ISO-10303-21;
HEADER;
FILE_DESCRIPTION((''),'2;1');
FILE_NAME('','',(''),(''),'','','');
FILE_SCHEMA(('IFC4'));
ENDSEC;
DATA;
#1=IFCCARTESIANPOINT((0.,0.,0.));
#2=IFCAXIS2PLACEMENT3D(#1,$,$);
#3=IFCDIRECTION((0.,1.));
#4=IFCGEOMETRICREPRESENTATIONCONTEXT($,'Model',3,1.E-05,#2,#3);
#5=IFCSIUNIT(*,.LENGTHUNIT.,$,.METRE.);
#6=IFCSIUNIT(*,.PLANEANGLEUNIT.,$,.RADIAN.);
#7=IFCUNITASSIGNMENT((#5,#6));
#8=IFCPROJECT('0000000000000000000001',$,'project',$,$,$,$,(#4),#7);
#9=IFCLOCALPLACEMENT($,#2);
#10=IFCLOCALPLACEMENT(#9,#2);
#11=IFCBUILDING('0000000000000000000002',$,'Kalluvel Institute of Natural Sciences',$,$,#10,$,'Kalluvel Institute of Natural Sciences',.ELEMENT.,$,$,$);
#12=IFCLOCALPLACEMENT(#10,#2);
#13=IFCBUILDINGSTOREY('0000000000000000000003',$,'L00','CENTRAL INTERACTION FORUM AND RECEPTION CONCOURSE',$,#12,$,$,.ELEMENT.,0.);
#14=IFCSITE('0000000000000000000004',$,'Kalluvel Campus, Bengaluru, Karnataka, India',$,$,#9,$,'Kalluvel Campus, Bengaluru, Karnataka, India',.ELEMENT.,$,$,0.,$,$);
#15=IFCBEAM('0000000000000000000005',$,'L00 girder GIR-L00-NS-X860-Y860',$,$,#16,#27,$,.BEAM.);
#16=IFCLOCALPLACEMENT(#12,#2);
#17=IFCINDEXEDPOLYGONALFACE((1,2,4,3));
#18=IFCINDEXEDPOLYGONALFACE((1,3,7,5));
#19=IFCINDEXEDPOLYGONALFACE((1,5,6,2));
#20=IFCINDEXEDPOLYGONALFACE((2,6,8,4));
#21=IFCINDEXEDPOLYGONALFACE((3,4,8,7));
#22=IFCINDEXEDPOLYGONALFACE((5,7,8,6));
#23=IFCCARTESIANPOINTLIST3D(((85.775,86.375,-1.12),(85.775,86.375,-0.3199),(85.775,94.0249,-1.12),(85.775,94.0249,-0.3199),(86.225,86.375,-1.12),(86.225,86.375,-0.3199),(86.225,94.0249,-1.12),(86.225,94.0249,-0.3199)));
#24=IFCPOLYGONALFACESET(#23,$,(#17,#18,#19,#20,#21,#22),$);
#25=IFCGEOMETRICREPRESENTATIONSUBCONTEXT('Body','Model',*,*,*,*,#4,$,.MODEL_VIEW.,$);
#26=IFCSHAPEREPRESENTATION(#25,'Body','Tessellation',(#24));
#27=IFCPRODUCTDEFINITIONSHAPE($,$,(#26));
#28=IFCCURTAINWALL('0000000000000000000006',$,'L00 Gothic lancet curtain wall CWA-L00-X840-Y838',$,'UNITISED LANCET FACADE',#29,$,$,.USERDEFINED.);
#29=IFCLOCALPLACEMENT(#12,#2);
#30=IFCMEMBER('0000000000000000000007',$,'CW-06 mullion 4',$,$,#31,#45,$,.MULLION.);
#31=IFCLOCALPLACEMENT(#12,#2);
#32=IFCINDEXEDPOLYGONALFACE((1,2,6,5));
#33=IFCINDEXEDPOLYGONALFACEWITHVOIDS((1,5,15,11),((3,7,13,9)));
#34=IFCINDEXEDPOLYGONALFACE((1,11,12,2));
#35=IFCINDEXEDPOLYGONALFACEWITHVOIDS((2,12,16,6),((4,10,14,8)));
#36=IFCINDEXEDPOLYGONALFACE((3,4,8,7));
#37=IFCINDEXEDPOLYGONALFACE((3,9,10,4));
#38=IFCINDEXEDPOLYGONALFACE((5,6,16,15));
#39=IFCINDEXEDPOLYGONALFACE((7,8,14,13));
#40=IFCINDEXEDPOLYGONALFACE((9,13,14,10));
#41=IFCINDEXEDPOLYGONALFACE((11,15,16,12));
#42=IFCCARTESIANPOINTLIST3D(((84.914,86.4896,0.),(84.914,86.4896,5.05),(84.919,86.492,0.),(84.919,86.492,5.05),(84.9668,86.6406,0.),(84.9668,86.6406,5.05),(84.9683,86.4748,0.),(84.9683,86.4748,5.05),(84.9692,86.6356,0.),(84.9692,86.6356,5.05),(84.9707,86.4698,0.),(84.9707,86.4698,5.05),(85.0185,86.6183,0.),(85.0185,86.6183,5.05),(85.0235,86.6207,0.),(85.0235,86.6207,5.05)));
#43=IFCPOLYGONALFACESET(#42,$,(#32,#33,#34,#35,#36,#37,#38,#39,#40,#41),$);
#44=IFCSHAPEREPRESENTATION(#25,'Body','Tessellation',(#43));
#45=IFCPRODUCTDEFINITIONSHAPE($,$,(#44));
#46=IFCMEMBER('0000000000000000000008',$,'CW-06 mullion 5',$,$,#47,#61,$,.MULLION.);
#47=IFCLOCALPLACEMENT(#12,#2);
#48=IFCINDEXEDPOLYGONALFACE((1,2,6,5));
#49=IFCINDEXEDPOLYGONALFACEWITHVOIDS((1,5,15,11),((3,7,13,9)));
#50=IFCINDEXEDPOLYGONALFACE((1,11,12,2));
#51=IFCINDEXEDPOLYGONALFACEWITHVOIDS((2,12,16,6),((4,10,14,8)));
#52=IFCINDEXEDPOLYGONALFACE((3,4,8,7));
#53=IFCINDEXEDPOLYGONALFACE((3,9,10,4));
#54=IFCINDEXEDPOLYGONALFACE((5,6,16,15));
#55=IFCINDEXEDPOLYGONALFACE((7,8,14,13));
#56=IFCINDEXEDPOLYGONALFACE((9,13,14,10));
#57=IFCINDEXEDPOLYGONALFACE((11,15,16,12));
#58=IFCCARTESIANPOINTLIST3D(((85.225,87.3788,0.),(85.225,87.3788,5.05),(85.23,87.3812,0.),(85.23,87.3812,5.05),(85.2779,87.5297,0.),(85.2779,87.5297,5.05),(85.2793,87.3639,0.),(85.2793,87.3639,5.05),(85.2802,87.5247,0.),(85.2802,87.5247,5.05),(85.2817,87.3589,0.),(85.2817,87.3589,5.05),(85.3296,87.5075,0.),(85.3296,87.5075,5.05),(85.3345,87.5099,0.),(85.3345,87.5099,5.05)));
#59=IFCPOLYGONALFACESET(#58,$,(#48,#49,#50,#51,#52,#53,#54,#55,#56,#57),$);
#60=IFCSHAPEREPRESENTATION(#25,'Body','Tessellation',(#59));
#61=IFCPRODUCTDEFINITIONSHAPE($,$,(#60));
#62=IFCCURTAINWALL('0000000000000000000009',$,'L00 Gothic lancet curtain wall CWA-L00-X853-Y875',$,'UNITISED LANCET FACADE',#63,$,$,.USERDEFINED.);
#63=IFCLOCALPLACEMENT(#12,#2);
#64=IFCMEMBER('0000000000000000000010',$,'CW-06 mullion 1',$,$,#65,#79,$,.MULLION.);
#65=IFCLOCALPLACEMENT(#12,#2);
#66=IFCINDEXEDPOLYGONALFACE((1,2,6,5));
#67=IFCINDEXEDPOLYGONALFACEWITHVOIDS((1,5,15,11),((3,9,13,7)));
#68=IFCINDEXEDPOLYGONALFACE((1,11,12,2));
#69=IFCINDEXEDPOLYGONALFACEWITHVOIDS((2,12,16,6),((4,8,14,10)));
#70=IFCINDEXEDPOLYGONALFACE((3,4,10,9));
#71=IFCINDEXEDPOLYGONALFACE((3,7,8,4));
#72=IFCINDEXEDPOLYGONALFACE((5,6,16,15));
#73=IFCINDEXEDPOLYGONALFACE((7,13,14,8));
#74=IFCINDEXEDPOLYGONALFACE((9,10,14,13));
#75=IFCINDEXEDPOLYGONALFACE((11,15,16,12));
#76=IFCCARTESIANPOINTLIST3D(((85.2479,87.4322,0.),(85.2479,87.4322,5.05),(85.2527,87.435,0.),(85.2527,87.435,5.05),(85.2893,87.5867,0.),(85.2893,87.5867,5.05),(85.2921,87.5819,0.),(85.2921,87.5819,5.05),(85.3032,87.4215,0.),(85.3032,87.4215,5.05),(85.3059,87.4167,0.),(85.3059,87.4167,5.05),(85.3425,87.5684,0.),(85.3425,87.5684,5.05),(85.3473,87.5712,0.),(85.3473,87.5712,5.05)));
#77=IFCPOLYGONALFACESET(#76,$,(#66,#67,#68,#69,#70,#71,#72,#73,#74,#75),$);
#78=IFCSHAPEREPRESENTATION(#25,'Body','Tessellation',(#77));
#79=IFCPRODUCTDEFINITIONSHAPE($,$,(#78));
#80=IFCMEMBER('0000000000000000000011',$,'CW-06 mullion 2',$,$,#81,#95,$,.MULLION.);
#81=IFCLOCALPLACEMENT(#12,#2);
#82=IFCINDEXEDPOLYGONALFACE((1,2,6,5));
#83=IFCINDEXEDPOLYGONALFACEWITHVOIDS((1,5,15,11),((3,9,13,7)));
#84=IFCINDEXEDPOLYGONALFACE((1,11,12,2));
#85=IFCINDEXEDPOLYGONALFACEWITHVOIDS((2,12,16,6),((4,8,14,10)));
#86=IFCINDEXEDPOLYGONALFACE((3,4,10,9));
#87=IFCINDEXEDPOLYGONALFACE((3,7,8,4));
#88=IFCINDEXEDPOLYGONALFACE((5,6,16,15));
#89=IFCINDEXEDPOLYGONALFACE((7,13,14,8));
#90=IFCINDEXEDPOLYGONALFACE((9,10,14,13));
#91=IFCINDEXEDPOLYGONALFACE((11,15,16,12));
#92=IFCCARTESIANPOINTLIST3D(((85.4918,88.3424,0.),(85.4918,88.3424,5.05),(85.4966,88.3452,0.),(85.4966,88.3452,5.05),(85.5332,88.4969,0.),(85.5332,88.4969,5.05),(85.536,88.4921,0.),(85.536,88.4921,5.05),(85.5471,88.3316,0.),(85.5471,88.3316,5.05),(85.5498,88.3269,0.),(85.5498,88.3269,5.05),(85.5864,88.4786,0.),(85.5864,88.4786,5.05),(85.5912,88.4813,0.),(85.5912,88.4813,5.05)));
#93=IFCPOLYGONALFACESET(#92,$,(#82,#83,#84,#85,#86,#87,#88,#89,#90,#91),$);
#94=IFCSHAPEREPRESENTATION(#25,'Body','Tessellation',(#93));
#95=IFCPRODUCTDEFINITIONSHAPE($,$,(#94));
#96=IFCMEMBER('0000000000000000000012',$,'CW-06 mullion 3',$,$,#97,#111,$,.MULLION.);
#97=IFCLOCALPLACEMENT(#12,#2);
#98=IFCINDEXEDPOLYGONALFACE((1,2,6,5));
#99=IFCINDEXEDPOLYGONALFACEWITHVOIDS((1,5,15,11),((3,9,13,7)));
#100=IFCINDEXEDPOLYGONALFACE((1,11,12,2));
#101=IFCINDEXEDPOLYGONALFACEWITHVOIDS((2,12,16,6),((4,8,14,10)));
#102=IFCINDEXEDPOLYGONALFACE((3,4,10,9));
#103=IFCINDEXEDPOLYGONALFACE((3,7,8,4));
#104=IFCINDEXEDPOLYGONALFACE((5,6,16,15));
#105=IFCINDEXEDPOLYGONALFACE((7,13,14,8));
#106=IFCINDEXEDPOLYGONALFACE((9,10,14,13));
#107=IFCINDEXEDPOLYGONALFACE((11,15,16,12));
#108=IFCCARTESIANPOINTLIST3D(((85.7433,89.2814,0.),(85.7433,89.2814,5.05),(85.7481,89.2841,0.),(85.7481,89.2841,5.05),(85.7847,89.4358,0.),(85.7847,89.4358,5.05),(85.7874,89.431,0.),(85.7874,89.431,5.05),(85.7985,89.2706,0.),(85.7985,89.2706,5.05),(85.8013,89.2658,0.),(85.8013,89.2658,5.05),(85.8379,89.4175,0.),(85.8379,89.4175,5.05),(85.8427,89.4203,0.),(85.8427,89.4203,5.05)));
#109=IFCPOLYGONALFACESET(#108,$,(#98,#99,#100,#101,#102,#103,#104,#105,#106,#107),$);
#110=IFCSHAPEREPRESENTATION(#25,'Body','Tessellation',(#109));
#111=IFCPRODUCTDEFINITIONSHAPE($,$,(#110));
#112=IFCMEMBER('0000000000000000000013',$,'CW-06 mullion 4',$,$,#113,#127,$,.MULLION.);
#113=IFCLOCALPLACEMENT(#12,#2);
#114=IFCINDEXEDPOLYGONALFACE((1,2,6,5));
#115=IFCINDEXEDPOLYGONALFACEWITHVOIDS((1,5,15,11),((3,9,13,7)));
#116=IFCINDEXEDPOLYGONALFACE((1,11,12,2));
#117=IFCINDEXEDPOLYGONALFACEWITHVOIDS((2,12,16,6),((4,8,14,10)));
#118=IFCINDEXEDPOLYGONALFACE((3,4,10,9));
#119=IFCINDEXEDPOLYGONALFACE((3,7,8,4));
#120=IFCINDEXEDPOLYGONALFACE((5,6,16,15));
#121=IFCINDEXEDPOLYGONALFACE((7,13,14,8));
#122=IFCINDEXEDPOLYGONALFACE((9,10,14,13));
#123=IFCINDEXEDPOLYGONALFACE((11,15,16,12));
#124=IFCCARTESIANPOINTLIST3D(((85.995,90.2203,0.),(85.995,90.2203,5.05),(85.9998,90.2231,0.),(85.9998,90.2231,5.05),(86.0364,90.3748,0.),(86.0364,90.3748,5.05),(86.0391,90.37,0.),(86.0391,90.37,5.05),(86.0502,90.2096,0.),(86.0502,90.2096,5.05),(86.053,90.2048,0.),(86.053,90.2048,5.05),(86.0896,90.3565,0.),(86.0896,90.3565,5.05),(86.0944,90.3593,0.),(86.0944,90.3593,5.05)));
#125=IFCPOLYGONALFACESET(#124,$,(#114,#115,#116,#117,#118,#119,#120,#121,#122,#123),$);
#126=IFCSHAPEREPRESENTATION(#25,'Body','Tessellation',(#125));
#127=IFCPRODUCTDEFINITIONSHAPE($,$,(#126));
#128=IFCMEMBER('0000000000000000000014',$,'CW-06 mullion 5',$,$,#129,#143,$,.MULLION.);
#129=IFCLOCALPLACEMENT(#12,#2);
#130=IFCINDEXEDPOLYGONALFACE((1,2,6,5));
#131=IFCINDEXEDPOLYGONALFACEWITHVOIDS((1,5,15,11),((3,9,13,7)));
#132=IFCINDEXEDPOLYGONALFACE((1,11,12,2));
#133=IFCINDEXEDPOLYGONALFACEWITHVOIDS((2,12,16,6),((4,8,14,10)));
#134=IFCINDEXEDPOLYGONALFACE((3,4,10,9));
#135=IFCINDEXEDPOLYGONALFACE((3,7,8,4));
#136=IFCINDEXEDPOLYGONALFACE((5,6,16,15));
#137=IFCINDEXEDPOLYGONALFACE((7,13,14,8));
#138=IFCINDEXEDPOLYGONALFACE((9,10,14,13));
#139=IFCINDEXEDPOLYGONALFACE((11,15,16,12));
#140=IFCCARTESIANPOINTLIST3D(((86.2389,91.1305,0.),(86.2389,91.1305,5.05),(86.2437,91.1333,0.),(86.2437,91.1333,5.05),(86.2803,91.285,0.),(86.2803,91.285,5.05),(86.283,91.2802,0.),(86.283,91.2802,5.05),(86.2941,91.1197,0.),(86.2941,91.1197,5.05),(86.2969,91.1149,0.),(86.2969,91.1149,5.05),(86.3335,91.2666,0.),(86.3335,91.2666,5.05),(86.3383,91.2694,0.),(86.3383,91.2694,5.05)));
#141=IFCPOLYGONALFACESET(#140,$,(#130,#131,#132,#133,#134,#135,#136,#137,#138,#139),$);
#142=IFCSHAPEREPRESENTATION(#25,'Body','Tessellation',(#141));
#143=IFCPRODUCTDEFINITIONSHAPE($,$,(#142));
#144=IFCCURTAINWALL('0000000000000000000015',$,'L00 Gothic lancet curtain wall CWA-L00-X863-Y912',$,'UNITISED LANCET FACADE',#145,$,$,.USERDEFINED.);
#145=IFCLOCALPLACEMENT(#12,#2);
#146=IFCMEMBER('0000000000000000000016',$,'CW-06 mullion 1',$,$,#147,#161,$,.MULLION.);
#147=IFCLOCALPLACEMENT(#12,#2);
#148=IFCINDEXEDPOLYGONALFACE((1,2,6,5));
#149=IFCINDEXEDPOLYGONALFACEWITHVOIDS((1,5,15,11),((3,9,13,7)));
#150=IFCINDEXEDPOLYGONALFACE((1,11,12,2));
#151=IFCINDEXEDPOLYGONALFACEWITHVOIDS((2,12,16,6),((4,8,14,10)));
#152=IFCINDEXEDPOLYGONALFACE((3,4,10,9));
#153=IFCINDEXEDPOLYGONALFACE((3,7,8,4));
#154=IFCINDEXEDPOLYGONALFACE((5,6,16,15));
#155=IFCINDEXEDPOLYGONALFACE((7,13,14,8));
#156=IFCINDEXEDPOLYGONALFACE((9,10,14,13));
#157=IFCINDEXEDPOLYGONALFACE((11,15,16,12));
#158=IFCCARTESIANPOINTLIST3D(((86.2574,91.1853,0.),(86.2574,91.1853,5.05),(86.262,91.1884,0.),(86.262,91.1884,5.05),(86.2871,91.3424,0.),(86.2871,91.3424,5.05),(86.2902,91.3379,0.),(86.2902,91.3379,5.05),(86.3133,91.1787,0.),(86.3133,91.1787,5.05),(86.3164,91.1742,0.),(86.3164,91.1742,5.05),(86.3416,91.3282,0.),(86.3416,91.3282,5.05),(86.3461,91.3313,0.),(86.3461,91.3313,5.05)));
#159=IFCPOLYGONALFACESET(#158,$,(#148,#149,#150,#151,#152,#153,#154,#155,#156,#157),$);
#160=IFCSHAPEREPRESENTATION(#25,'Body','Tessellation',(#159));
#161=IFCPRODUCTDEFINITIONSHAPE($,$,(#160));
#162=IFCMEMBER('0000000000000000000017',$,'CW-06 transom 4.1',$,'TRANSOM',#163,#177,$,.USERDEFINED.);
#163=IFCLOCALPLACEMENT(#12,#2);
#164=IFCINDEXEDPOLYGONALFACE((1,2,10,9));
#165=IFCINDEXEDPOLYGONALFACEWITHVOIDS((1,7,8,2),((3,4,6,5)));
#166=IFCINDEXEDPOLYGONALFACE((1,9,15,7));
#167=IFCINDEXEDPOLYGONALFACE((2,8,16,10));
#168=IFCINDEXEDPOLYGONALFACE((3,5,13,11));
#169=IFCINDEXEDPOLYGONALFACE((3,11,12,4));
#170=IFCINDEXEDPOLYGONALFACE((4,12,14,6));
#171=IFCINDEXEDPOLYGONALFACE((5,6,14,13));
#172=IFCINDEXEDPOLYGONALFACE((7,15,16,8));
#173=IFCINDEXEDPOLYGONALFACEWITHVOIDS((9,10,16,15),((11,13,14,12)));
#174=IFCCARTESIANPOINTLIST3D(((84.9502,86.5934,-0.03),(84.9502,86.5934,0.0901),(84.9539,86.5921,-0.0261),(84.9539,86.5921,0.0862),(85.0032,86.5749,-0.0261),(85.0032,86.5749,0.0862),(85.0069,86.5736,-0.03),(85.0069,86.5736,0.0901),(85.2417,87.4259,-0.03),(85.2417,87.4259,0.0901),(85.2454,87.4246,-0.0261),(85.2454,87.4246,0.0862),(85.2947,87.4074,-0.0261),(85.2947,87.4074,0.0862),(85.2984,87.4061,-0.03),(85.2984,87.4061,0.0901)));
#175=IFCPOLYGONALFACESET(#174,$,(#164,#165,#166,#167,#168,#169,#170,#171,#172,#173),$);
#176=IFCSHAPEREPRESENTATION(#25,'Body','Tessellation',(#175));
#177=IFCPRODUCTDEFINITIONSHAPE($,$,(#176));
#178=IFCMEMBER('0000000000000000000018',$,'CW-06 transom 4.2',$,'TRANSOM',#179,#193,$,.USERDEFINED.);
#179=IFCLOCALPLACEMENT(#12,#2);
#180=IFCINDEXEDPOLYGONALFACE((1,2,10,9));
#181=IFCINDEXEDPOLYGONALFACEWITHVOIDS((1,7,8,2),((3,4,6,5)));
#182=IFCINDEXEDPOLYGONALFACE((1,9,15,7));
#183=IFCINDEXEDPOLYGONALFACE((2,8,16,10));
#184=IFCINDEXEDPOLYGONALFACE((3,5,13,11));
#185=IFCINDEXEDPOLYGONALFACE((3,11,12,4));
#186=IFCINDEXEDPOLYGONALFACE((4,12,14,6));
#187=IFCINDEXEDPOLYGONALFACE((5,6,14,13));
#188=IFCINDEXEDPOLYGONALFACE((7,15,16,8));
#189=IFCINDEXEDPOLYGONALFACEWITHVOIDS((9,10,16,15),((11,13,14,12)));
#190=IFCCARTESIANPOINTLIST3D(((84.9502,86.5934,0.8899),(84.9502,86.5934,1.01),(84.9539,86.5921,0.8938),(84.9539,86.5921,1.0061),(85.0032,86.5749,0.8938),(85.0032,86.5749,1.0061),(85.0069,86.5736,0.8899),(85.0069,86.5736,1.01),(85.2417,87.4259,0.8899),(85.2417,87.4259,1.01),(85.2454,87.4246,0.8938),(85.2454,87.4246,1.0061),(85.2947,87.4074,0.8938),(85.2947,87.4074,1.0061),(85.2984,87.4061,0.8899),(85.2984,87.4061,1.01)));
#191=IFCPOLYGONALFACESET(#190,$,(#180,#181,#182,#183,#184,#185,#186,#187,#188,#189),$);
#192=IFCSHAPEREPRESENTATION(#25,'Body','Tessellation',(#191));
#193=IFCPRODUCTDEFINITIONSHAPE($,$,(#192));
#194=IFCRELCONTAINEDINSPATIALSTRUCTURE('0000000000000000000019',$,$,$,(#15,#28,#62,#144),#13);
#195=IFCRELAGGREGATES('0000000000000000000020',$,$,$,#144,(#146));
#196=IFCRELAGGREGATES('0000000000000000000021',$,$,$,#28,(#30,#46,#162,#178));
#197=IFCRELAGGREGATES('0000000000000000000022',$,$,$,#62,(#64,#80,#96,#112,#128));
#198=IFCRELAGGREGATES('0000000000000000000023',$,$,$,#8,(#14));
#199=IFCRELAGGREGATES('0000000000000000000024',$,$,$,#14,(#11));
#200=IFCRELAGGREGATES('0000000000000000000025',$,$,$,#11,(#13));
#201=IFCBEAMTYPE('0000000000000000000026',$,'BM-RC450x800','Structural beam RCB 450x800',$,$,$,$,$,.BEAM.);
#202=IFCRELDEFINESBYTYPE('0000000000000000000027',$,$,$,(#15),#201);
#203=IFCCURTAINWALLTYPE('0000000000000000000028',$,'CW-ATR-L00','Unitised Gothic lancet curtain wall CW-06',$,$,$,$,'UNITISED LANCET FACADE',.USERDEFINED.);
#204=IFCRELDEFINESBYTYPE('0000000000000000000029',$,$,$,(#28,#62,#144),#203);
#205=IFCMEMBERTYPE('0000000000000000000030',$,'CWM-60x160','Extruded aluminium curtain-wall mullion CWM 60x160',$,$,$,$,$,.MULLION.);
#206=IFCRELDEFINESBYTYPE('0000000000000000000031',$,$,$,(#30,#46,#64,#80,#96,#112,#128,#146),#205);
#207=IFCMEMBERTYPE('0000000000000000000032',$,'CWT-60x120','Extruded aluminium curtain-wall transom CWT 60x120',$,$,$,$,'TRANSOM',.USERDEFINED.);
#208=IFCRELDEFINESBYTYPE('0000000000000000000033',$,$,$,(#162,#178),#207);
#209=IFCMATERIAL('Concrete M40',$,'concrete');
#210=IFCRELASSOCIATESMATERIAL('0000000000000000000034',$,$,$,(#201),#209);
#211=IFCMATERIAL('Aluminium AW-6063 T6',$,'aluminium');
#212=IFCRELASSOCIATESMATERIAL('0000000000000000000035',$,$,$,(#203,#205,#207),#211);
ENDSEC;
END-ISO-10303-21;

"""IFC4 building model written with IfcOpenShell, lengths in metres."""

from ifc_helpers import new_model, si_unit, direction, frame, origin, origin_2d, place, context, subcontext, project, spatial, rectangle, hollow_rectangle, extrude, material, material_profile, profile_set, type_object, element, aggregate, save


model = new_model("IFC4")

# Units and contexts
model_context = context("Model", 3, precision=1e-05, world=origin(), true_north=direction((0.0, 1.0)))
body_context = subcontext(model_context, "Body", "Model", "MODEL_VIEW")
ifc_project = project(units=[si_unit("LENGTHUNIT", "METRE"), si_unit("PLANEANGLEUNIT", "RADIAN")], contexts=[model_context])

# Site, building, storey
site_placement = place(None, origin())
site = spatial("IfcSite", under=ifc_project, at=site_placement, Name="Kalluvel Campus, Bengaluru, Karnataka, India", LongName="Kalluvel Campus, Bengaluru, Karnataka, India", CompositionType="ELEMENT", RefElevation=0.0)
building_placement = place(site_placement, origin())
building = spatial("IfcBuilding", under=site, at=building_placement, Name="Kalluvel Institute of Natural Sciences", LongName="Kalluvel Institute of Natural Sciences", CompositionType="ELEMENT")
storey_placement = place(building_placement, origin())
storey = spatial("IfcBuildingStorey", under=building, at=storey_placement, Name="L00", Description="CENTRAL INTERACTION FORUM AND RECEPTION CONCOURSE", CompositionType="ELEMENT", Elevation=0.0)

# Beam
ifc_material_1 = material(Name="Concrete M40", Category="concrete")
ifc_material_profile_1 = material_profile(ifc_material_1, rectangle(XDim=0.45, YDim=0.8, at=origin_2d()), Name="RCB 450x800")
ifc_profile_set_1 = profile_set([ifc_material_profile_1], Name="Concrete M40")
beam_type = type_object("IfcBeamType", Name="BM-RC450x800", Description="Structural beam RCB 450x800", PredefinedType="BEAM", material=ifc_profile_set_1)
beam_placement = place(storey_placement, frame((86.0, 86.375, -0.72), z_axis=(0.0, 1.0, 0.0), x_axis=(-1.0, 0.0, 0.0)))
element("IfcBeam", 1, at=beam_placement, inside=storey, type_object=beam_type, Name="L00 girder GIR-L00-NS-X860-Y860", PredefinedType="BEAM", context=body_context, shape_type="SweptSolid", body=[
    extrude(rectangle(XDim=0.45, YDim=0.8, at=origin_2d()), origin(), (0.0, 0.0, 1.0), 7.6499),
])

# Curtain walls, members
ifc_material_2 = material(Name="Aluminium AW-6063 T6", Category="aluminium")
curtain_wall_type = type_object("IfcCurtainWallType", Name="CW-ATR-L00", Description="Unitised Gothic lancet curtain wall CW-06", ElementType="UNITISED LANCET FACADE", PredefinedType="USERDEFINED", material=ifc_material_2)
curtain_wall_1_placement = place(storey_placement, origin())
curtain_wall_1 = element("IfcCurtainWall", 2, at=curtain_wall_1_placement, inside=storey, type_object=curtain_wall_type, Name="L00 Gothic lancet curtain wall CWA-L00-X840-Y838", ObjectType="UNITISED LANCET FACADE", PredefinedType="USERDEFINED")
ifc_material_profile_2 = material_profile(ifc_material_2, hollow_rectangle(XDim=0.0601, YDim=0.1599, WallThickness=0.0039, at=origin_2d()), Name="CWM 60x160")
ifc_profile_set_2 = profile_set([ifc_material_profile_2], Name="Aluminium AW-6063 T6")
member_type_1 = type_object("IfcMemberType", Name="CWM-60x160", Description="Extruded aluminium curtain-wall mullion CWM 60x160", PredefinedType="MULLION", material=ifc_profile_set_2)
member_1_placement = place(storey_placement, frame((84.9688, 86.5552, 0.0), z_axis=(0.0, 0.0, 1.0), x_axis=(-0.943878, 0.330295, 0.0)))
member_1 = element("IfcMember", 3, at=member_1_placement, type_object=member_type_1, Name="CW-06 mullion 4", PredefinedType="MULLION", context=body_context, shape_type="SweptSolid", body=[
    extrude(hollow_rectangle(XDim=0.0601, YDim=0.1599, WallThickness=0.0039, at=origin_2d()), origin(), (0.0, 0.0, 1.0), 5.05),
])
member_2_placement = place(storey_placement, frame((85.2798, 87.4443, 0.0), z_axis=(0.0, 0.0, 1.0), x_axis=(-0.943878, 0.330295, 0.0)))
member_2 = element("IfcMember", 4, at=member_2_placement, type_object=member_type_1, Name="CW-06 mullion 5", PredefinedType="MULLION", context=body_context, shape_type="SweptSolid", body=[
    extrude(hollow_rectangle(XDim=0.0601, YDim=0.1599, WallThickness=0.0039, at=origin_2d()), origin(), (0.0, 0.0, 1.0), 5.05),
])
curtain_wall_2_placement = place(storey_placement, origin())
curtain_wall_2 = element("IfcCurtainWall", 5, at=curtain_wall_2_placement, inside=storey, type_object=curtain_wall_type, Name="L00 Gothic lancet curtain wall CWA-L00-X853-Y875", ObjectType="UNITISED LANCET FACADE", PredefinedType="USERDEFINED")
member_3_placement = place(storey_placement, frame((85.2976, 87.5017, 0.0), z_axis=(0.0, 0.0, 1.0), x_axis=(-0.965924, 0.258826, 0.0)))
member_3 = element("IfcMember", 6, at=member_3_placement, type_object=member_type_1, Name="CW-06 mullion 1", PredefinedType="MULLION", context=body_context, shape_type="SweptSolid", body=[
    extrude(hollow_rectangle(XDim=0.0601, YDim=0.1599, WallThickness=0.0039, at=origin_2d()), origin(), (0.0, 0.0, 1.0), 5.05),
])
member_4_placement = place(storey_placement, frame((85.5415, 88.4119, 0.0), z_axis=(0.0, 0.0, 1.0), x_axis=(-0.965924, 0.258826, 0.0)))
member_4 = element("IfcMember", 7, at=member_4_placement, type_object=member_type_1, Name="CW-06 mullion 2", PredefinedType="MULLION", context=body_context, shape_type="SweptSolid", body=[
    extrude(hollow_rectangle(XDim=0.0601, YDim=0.1599, WallThickness=0.0039, at=origin_2d()), origin(), (0.0, 0.0, 1.0), 5.05),
])
member_5_placement = place(storey_placement, frame((85.793, 89.3508, 0.0), z_axis=(0.0, 0.0, 1.0), x_axis=(-0.965924, 0.258826, 0.0)))
member_5 = element("IfcMember", 8, at=member_5_placement, type_object=member_type_1, Name="CW-06 mullion 3", PredefinedType="MULLION", context=body_context, shape_type="SweptSolid", body=[
    extrude(hollow_rectangle(XDim=0.0601, YDim=0.1599, WallThickness=0.0039, at=origin_2d()), origin(), (0.0, 0.0, 1.0), 5.05),
])
member_6_placement = place(storey_placement, frame((86.0447, 90.2898, 0.0), z_axis=(0.0, 0.0, 1.0), x_axis=(-0.965924, 0.258826, 0.0)))
member_6 = element("IfcMember", 9, at=member_6_placement, type_object=member_type_1, Name="CW-06 mullion 4", PredefinedType="MULLION", context=body_context, shape_type="SweptSolid", body=[
    extrude(hollow_rectangle(XDim=0.0601, YDim=0.1599, WallThickness=0.0039, at=origin_2d()), origin(), (0.0, 0.0, 1.0), 5.05),
])
member_7_placement = place(storey_placement, frame((86.2886, 91.2, 0.0), z_axis=(0.0, 0.0, 1.0), x_axis=(-0.965924, 0.258826, 0.0)))
member_7 = element("IfcMember", 10, at=member_7_placement, type_object=member_type_1, Name="CW-06 mullion 5", PredefinedType="MULLION", context=body_context, shape_type="SweptSolid", body=[
    extrude(hollow_rectangle(XDim=0.0601, YDim=0.1599, WallThickness=0.0039, at=origin_2d()), origin(), (0.0, 0.0, 1.0), 5.05),
])

# Curtain wall, member
curtain_wall_3_placement = place(storey_placement, origin())
curtain_wall_3 = element("IfcCurtainWall", 11, at=curtain_wall_3_placement, inside=storey, type_object=curtain_wall_type, Name="L00 Gothic lancet curtain wall CWA-L00-X863-Y912", ObjectType="UNITISED LANCET FACADE", PredefinedType="USERDEFINED")
member_8_placement = place(storey_placement, frame((86.3018, 91.2583, 0.0), z_axis=(0.0, 0.0, 1.0), x_axis=(-0.982569, 0.185898, 0.0)))
member_8 = element("IfcMember", 12, at=member_8_placement, type_object=member_type_1, Name="CW-06 mullion 1", PredefinedType="MULLION", context=body_context, shape_type="SweptSolid", body=[
    extrude(hollow_rectangle(XDim=0.0601, YDim=0.1599, WallThickness=0.0039, at=origin_2d()), origin(), (0.0, 0.0, 1.0), 5.05),
])

# Members
ifc_material_profile_3 = material_profile(ifc_material_2, hollow_rectangle(XDim=0.0601, YDim=0.1201, WallThickness=0.0039, at=origin_2d()), Name="CWT 60x120")
ifc_profile_set_3 = profile_set([ifc_material_profile_3], Name="Aluminium AW-6063 T6")
member_type_2 = type_object("IfcMemberType", Name="CWT-60x120", Description="Extruded aluminium curtain-wall transom CWT 60x120", ElementType="TRANSOM", PredefinedType="USERDEFINED", material=ifc_profile_set_3)
member_9_placement = place(storey_placement, frame((84.9785, 86.5835, 0.03), z_axis=(0.330474, 0.943815, 0.0), x_axis=(-0.943815, 0.330474, 0.0)))
member_9 = element("IfcMember", 13, at=member_9_placement, type_object=member_type_2, Name="CW-06 transom 4.1", ObjectType="TRANSOM", PredefinedType="USERDEFINED", context=body_context, shape_type="SweptSolid", body=[
    extrude(hollow_rectangle(XDim=0.0601, YDim=0.1201, WallThickness=0.0039, at=origin_2d()), origin(), (0.0, 0.0, 1.0), 0.8821),
])
member_10_placement = place(storey_placement, frame((84.9785, 86.5835, 0.95), z_axis=(0.330474, 0.943815, 0.0), x_axis=(-0.943815, 0.330474, 0.0)))
member_10 = element("IfcMember", 14, at=member_10_placement, type_object=member_type_2, Name="CW-06 transom 4.2", ObjectType="TRANSOM", PredefinedType="USERDEFINED", context=body_context, shape_type="SweptSolid", body=[
    extrude(hollow_rectangle(XDim=0.0601, YDim=0.1201, WallThickness=0.0039, at=origin_2d()), origin(), (0.0, 0.0, 1.0), 0.8821),
])
aggregate(curtain_wall_3, [member_8])

aggregate(curtain_wall_1, [member_1, member_2, member_9, member_10])
aggregate(curtain_wall_2, [member_3, member_4, member_5, member_6, member_7])

save(model, "model.ifc")
